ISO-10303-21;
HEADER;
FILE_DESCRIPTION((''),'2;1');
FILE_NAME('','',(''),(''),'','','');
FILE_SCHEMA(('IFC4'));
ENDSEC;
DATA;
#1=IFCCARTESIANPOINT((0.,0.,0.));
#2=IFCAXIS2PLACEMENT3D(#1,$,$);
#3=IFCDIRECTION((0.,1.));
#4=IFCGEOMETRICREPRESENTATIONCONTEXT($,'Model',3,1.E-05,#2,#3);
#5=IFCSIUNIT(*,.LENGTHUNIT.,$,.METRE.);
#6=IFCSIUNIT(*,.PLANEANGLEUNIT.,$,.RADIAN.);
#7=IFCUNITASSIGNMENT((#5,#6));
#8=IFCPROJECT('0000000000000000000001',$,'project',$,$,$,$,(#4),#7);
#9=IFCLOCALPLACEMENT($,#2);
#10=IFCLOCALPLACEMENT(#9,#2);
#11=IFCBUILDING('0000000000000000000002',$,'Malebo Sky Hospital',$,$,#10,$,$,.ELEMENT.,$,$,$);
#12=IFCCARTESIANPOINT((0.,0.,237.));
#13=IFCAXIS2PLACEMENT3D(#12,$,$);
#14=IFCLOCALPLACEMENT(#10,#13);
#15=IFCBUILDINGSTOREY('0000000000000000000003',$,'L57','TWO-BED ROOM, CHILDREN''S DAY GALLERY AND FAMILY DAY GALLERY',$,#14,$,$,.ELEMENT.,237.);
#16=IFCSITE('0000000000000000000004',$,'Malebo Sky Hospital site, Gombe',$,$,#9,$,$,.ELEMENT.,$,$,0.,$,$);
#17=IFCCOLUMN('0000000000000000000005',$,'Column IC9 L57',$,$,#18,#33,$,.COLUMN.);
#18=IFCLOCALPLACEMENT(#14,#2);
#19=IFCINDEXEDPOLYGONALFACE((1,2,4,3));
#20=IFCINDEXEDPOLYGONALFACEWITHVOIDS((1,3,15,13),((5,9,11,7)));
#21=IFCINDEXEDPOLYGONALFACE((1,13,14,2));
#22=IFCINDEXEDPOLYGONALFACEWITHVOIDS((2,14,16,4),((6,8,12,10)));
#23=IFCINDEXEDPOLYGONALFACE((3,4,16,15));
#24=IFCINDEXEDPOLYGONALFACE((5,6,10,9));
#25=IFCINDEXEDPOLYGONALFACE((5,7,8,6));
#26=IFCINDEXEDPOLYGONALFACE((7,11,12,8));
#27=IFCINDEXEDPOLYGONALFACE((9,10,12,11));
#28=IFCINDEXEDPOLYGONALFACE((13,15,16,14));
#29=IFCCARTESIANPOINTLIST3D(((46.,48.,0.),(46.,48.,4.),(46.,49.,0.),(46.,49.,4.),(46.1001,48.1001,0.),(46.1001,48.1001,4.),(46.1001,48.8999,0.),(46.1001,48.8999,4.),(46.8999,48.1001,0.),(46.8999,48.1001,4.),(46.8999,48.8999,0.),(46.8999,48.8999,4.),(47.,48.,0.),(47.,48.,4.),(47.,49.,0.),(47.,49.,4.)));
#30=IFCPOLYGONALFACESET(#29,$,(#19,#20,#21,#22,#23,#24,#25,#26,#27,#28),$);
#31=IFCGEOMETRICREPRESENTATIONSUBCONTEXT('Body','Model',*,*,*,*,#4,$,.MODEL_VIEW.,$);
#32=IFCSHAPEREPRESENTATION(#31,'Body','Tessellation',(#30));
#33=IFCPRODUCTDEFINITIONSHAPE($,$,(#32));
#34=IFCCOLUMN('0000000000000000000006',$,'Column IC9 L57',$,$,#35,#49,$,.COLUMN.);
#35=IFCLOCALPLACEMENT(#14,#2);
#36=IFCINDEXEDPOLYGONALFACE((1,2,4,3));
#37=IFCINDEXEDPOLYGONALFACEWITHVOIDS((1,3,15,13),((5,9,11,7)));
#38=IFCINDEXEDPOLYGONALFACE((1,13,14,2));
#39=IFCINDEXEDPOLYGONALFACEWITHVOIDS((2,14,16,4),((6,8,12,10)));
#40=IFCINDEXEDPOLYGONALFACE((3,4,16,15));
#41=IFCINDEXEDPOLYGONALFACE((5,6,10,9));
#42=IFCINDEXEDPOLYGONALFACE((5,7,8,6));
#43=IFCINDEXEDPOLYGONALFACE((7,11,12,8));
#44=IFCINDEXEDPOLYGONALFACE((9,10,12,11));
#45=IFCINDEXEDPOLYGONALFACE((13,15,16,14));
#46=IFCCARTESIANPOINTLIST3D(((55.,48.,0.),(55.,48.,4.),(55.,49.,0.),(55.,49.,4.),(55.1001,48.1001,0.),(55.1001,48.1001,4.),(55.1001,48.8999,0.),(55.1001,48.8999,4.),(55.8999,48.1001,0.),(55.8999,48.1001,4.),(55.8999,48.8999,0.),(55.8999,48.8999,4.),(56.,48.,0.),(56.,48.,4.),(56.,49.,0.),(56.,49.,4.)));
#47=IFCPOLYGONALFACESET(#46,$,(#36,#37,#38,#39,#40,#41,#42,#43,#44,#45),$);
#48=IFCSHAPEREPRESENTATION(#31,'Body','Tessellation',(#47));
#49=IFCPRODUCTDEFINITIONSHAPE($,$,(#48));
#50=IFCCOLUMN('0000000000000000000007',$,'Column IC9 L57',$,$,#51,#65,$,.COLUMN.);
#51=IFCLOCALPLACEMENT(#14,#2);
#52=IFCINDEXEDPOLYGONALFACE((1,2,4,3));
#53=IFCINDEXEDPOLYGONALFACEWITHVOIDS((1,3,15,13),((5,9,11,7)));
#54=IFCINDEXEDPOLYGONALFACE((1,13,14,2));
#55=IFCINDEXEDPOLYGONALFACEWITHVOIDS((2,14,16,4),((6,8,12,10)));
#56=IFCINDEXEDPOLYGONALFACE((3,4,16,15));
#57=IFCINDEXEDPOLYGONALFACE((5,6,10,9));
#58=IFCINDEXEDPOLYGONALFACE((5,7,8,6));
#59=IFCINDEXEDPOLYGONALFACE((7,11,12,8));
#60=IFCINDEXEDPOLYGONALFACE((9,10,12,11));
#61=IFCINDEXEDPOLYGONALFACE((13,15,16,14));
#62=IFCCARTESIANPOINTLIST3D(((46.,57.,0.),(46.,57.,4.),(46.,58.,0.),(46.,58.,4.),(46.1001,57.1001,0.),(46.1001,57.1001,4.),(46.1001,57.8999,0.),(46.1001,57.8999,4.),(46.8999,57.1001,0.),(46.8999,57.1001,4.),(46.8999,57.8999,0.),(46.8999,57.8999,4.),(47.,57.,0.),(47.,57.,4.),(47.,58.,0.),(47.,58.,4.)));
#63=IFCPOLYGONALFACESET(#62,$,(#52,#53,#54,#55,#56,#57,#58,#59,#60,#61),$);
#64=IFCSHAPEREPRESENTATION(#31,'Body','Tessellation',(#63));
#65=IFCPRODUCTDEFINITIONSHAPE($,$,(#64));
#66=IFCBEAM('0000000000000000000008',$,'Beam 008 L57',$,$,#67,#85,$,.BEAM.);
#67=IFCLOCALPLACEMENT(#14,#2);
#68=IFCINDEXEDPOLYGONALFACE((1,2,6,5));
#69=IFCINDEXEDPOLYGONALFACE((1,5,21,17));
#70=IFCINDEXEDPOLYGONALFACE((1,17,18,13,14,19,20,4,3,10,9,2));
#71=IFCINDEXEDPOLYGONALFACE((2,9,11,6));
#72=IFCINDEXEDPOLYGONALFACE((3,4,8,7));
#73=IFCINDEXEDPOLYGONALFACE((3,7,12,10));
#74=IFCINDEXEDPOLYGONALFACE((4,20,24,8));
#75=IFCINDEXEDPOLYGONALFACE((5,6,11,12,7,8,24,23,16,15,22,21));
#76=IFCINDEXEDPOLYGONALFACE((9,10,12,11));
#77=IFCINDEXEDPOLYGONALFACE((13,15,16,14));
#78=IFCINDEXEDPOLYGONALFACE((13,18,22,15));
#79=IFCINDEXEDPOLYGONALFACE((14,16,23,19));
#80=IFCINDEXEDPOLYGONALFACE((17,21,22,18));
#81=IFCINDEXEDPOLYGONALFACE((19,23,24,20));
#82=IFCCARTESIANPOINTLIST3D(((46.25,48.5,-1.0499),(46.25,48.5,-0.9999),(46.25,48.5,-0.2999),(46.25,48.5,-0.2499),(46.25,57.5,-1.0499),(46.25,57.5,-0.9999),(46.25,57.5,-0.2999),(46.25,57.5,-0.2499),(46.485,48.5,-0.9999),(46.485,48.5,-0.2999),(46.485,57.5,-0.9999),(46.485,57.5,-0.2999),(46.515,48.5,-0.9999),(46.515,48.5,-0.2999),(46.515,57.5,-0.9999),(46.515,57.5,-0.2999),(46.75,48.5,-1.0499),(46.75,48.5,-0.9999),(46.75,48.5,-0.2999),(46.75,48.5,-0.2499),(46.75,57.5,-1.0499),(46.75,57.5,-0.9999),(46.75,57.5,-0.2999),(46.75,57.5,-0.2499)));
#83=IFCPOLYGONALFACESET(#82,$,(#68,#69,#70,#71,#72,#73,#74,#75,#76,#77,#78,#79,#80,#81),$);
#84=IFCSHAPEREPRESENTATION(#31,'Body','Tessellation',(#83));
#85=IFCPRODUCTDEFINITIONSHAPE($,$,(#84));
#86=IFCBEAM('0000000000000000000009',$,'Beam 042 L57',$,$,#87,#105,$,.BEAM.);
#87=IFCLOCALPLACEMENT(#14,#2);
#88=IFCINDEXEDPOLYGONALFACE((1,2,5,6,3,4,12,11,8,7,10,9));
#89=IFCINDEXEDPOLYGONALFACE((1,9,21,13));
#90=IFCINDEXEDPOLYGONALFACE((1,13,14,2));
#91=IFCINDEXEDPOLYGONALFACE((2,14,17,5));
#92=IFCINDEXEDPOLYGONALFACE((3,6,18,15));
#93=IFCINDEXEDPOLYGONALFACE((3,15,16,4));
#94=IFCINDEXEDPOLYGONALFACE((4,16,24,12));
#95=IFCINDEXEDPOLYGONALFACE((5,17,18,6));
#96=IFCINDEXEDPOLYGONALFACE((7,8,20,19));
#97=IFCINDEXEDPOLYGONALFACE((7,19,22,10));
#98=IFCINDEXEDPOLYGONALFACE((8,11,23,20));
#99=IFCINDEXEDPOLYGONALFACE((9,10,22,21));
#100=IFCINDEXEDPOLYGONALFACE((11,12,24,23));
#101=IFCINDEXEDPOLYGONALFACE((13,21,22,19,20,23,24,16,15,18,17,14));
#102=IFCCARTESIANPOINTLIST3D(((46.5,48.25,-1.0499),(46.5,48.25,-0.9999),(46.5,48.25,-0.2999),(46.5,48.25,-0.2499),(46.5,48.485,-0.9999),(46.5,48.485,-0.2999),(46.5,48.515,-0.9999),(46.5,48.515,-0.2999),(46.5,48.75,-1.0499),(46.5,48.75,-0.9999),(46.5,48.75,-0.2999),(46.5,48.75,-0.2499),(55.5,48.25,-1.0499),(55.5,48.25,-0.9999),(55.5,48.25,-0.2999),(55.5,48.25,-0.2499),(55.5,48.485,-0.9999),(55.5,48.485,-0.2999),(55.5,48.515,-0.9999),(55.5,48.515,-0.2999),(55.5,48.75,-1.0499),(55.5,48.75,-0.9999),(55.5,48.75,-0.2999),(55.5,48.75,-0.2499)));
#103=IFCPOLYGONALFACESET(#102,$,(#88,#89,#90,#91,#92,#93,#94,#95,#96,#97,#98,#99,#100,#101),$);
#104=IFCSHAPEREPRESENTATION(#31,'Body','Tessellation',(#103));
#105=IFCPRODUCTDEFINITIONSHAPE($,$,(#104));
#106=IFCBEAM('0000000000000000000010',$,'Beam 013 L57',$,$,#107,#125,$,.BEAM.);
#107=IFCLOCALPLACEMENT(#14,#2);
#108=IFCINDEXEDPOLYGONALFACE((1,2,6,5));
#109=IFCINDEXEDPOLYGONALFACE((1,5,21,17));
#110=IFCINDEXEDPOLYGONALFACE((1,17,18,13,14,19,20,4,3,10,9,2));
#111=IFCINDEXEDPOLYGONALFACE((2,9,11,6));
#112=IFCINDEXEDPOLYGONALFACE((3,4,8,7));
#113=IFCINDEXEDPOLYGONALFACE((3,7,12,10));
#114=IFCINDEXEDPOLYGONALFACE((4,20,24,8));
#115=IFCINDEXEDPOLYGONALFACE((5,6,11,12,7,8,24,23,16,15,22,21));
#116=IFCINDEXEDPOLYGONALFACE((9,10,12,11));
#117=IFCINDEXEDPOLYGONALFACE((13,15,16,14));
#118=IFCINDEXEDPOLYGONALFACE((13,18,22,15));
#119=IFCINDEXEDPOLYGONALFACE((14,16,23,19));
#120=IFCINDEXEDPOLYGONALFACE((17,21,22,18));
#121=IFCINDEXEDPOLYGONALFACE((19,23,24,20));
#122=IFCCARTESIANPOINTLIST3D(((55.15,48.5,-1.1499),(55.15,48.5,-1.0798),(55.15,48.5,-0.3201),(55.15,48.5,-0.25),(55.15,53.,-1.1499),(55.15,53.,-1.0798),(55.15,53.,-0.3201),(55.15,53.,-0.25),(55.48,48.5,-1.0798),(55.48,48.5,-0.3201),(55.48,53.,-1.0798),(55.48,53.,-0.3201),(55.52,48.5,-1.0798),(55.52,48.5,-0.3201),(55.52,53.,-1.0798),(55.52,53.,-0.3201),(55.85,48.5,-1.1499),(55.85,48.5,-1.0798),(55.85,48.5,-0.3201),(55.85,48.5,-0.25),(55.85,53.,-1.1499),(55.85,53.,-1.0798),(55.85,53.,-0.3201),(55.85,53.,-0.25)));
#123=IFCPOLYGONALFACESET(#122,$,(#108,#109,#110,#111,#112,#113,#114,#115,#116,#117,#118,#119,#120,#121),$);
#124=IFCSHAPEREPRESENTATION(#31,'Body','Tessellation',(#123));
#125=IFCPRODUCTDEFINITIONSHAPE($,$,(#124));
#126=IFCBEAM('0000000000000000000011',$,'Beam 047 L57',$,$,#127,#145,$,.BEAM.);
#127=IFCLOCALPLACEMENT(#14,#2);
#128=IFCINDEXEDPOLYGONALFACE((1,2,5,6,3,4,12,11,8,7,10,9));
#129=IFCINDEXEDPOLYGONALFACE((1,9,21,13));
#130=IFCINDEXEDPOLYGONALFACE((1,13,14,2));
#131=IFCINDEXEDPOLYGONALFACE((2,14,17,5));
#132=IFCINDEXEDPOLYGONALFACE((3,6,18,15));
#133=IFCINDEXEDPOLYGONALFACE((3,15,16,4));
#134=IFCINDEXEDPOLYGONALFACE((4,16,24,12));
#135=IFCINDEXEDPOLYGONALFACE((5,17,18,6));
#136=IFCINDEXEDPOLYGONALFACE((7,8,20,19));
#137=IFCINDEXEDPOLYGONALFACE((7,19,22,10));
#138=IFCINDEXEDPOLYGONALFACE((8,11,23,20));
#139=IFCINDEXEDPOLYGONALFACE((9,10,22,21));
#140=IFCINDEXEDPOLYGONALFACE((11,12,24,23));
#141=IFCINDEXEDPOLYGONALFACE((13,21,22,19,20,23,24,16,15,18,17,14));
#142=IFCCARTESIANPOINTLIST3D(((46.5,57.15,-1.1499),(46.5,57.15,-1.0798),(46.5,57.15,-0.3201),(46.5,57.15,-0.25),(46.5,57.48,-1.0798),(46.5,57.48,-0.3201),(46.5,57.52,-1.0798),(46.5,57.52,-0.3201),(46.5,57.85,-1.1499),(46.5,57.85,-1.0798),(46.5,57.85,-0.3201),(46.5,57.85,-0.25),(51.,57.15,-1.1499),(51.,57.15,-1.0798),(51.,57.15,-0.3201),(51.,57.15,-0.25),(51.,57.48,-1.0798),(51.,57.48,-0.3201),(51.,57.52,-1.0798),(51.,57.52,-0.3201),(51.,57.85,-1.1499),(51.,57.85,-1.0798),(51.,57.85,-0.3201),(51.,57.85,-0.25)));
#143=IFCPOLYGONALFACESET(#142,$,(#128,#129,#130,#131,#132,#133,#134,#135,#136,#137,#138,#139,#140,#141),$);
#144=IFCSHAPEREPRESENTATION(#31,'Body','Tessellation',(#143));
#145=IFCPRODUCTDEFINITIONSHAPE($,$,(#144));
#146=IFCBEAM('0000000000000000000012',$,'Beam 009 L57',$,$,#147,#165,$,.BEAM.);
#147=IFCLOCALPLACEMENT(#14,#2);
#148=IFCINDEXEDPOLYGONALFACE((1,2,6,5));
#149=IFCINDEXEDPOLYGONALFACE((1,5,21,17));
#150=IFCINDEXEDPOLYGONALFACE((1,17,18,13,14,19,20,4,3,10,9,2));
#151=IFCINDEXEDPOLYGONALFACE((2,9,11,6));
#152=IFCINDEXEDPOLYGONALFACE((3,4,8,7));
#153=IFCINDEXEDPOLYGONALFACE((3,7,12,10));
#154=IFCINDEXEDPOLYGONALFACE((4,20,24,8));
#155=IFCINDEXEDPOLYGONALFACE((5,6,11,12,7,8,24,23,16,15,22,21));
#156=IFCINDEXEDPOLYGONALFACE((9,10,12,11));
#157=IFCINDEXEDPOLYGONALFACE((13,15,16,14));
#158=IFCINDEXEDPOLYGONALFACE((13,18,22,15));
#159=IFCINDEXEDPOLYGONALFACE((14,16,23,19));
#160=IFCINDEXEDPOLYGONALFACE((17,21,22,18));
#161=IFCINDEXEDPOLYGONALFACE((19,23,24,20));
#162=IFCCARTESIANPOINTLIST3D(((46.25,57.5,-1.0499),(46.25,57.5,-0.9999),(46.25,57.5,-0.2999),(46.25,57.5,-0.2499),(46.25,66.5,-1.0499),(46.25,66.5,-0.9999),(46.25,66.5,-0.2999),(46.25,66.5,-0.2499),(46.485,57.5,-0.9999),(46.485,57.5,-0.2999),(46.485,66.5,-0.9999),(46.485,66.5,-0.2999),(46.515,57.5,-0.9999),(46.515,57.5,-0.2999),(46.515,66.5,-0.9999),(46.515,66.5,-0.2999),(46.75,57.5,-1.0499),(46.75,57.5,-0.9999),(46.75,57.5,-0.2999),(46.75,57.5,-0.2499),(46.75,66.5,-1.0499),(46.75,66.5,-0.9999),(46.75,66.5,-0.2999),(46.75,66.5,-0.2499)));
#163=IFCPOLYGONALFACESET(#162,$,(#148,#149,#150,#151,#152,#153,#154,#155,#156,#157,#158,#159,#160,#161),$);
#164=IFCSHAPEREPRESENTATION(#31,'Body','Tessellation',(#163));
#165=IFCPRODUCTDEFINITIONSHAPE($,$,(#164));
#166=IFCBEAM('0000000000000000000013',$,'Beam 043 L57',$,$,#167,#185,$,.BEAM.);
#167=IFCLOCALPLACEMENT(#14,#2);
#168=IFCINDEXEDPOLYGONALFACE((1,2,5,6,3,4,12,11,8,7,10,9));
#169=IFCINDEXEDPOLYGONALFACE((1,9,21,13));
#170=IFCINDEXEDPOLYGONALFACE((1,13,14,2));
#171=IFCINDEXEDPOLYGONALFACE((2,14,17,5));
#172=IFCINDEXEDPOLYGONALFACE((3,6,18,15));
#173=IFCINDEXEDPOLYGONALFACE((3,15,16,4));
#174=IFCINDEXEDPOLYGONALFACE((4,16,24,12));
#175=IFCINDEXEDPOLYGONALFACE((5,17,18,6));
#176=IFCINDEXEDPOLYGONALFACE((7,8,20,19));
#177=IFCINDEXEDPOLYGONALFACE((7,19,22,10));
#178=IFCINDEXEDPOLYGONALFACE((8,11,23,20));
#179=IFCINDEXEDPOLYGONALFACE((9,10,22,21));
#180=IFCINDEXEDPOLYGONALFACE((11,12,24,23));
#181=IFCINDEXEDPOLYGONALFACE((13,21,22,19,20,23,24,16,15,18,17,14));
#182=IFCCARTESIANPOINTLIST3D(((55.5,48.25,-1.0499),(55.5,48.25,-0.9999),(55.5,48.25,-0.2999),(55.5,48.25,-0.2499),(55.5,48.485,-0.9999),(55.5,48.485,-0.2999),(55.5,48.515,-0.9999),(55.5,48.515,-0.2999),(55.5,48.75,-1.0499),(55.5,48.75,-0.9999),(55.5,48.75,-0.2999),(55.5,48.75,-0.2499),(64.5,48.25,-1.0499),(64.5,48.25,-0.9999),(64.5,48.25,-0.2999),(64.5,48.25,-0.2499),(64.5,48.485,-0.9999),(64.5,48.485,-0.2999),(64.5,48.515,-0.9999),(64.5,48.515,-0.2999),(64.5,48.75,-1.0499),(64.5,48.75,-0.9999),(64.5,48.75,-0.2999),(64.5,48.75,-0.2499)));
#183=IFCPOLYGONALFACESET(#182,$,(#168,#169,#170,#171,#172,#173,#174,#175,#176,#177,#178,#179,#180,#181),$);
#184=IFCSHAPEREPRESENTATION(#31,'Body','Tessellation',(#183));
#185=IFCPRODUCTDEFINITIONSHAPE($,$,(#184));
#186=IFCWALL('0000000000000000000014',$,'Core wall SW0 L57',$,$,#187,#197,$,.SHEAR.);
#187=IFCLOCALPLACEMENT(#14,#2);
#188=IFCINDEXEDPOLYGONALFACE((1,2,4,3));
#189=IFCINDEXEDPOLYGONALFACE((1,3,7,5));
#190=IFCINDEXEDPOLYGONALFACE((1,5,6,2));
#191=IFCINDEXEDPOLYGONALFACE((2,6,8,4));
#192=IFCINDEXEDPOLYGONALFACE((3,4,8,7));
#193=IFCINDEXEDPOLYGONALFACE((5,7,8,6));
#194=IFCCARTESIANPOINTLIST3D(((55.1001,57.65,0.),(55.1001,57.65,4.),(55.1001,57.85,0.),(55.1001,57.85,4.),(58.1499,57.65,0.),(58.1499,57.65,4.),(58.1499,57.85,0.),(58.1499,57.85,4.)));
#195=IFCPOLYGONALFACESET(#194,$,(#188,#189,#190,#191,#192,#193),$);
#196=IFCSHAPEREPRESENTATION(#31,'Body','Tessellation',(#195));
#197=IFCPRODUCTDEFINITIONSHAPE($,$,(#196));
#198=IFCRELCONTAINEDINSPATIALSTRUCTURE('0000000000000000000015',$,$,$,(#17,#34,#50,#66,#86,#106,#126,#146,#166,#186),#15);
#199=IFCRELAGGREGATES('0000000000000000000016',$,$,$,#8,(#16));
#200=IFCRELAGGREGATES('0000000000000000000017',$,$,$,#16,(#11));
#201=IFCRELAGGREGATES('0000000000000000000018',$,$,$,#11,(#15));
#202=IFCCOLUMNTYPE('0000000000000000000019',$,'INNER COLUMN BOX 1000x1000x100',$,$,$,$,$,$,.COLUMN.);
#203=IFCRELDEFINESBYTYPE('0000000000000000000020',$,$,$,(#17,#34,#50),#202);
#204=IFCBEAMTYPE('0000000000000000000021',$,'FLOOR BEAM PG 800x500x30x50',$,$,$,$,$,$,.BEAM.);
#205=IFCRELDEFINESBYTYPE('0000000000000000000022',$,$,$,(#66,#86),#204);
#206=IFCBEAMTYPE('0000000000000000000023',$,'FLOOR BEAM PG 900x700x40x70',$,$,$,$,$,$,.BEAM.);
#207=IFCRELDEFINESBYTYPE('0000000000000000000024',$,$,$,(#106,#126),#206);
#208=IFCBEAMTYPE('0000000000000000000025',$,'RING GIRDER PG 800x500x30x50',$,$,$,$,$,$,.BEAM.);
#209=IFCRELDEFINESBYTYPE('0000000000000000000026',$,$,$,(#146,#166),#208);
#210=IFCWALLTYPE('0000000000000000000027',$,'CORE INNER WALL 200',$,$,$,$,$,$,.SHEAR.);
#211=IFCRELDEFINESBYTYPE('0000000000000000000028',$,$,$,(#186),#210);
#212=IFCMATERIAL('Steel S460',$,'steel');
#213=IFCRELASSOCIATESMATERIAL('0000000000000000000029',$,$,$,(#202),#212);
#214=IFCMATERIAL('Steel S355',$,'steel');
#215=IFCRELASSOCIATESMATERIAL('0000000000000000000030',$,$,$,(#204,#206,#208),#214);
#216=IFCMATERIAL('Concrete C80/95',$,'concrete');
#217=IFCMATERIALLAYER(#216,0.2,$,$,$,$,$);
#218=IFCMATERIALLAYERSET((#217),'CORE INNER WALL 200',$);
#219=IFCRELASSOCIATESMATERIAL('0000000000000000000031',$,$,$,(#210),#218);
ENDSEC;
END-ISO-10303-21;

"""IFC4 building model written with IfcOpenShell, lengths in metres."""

from ifc_helpers import new_model, si_unit, direction, frame, frame_2d, origin, origin_2d, place, context, subcontext, project, spatial, rectangle, hollow_rectangle, i_section, extrude, material, layer, layer_set, material_profile, profile_set, type_object, element, save


model = new_model("IFC4")

# Units and contexts
model_context = context("Model", 3, precision=1e-05, world=origin(), true_north=direction((0.0, 1.0)))
body_context = subcontext(model_context, "Body", "Model", "MODEL_VIEW")
ifc_project = project(units=[si_unit("LENGTHUNIT", "METRE"), si_unit("PLANEANGLEUNIT", "RADIAN")], contexts=[model_context])

# Site, building, storey
site_placement = place(None, origin())
site = spatial("IfcSite", under=ifc_project, at=site_placement, Name="Malebo Sky Hospital site, Gombe", CompositionType="ELEMENT", RefElevation=0.0)
building_placement = place(site_placement, origin())
building = spatial("IfcBuilding", under=site, at=building_placement, Name="Malebo Sky Hospital", CompositionType="ELEMENT")
storey_placement = place(building_placement, frame((0.0, 0.0, 237.0)))
storey = spatial("IfcBuildingStorey", under=building, at=storey_placement, Name="L57", Description="TWO-BED ROOM, CHILDREN'S DAY GALLERY AND FAMILY DAY GALLERY", CompositionType="ELEMENT", Elevation=237.0)

# Columns
ifc_material_1 = material(Name="Steel S460", Category="steel")
ifc_material_profile_1 = material_profile(ifc_material_1, hollow_rectangle(XDim=1.0, YDim=1.0, WallThickness=0.1001, at=origin_2d()), Name="BOX 1000x1000x100")
ifc_profile_set_1 = profile_set([ifc_material_profile_1], Name="Steel S460")
column_type = type_object("IfcColumnType", Name="INNER COLUMN BOX 1000x1000x100", PredefinedType="COLUMN", material=ifc_profile_set_1)
for number, where, z_axis, x_axis, name in (
    (1, (46.5, 48.5, 0.0), (0.0, 0.0, 1.0), (1.0, 0.0, 0.0), "Column IC9 L57"),
    (2, (55.5, 48.5, 0.0), (0.0, 0.0, 1.0), (1.0, 0.0, 0.0), "Column IC9 L57"),
    (3, (46.5, 57.5, 0.0), (0.0, 0.0, 1.0), (1.0, 0.0, 0.0), "Column IC9 L57"),
):
    element("IfcColumn", number, at=place(storey_placement, frame(where, z_axis=z_axis, x_axis=x_axis)), inside=storey, type_object=column_type, Name=name, PredefinedType="COLUMN", context=body_context, shape_type="SweptSolid", body=[
        extrude(hollow_rectangle(XDim=1.0, YDim=1.0, WallThickness=0.1001, at=origin_2d()), origin(), (0.0, 0.0, 1.0), 4.0),
    ])

# Beams
ifc_material_2 = material(Name="Steel S355", Category="steel")
ifc_material_profile_2 = material_profile(ifc_material_2, i_section(OverallWidth=0.5, OverallDepth=0.8, WebThickness=0.03, FlangeThickness=0.05, at=origin_2d()), Name="PG 800x500x30x50")
ifc_profile_set_2 = profile_set([ifc_material_profile_2], Name="Steel S355")
beam_type_1 = type_object("IfcBeamType", Name="FLOOR BEAM PG 800x500x30x50", PredefinedType="BEAM", material=ifc_profile_set_2)
for number, where, z_axis, x_axis, name in (
    (4, (46.5, 48.5, -0.6499), (0.0, 1.0, 0.0), (-1.0, 0.0, 0.0), "Beam 008 L57"),
    (5, (46.5, 48.5, -0.6499), (1.0, 0.0, 0.0), (0.0, 1.0, 0.0), "Beam 042 L57"),
):
    element("IfcBeam", number, at=place(storey_placement, frame(where, z_axis=z_axis, x_axis=x_axis)), inside=storey, type_object=beam_type_1, Name=name, PredefinedType="BEAM", context=body_context, shape_type="SweptSolid", body=[
        extrude(i_section(OverallWidth=0.5, OverallDepth=0.8, WebThickness=0.03, FlangeThickness=0.05, at=origin_2d()), origin(), (0.0, 0.0, 1.0), 9.0),
    ])
ifc_material_profile_3 = material_profile(ifc_material_2, i_section(OverallWidth=0.7, OverallDepth=0.8999, WebThickness=0.04, FlangeThickness=0.0701, at=origin_2d()), Name="PG 900x700x40x70")
ifc_profile_set_3 = profile_set([ifc_material_profile_3], Name="Steel S355")
beam_type_2 = type_object("IfcBeamType", Name="FLOOR BEAM PG 900x700x40x70", PredefinedType="BEAM", material=ifc_profile_set_3)
for number, where, z_axis, x_axis, name in (
    (6, (55.5, 48.5, -0.7), (0.0, 1.0, 0.0), (-1.0, 0.0, 0.0), "Beam 013 L57"),
    (7, (46.5, 57.5, -0.7), (1.0, 0.0, 0.0), (0.0, 1.0, 0.0), "Beam 047 L57"),
):
    element("IfcBeam", number, at=place(storey_placement, frame(where, z_axis=z_axis, x_axis=x_axis)), inside=storey, type_object=beam_type_2, Name=name, PredefinedType="BEAM", context=body_context, shape_type="SweptSolid", body=[
        extrude(i_section(OverallWidth=0.7, OverallDepth=0.8999, WebThickness=0.04, FlangeThickness=0.0701, at=origin_2d()), origin(), (0.0, 0.0, 1.0), 4.5),
    ])
ifc_material_profile_4 = material_profile(ifc_material_2, i_section(OverallWidth=0.5, OverallDepth=0.8, WebThickness=0.03, FlangeThickness=0.05, at=origin_2d()), Name="PG 800x500x30x50")
ifc_profile_set_4 = profile_set([ifc_material_profile_4], Name="Steel S355")
beam_type_3 = type_object("IfcBeamType", Name="RING GIRDER PG 800x500x30x50", PredefinedType="BEAM", material=ifc_profile_set_4)
for number, where, z_axis, x_axis, name in (
    (8, (46.5, 57.5, -0.6499), (0.0, 1.0, 0.0), (-1.0, 0.0, 0.0), "Beam 009 L57"),
    (9, (55.5, 48.5, -0.6499), (1.0, 0.0, 0.0), (0.0, 1.0, 0.0), "Beam 043 L57"),
):
    element("IfcBeam", number, at=place(storey_placement, frame(where, z_axis=z_axis, x_axis=x_axis)), inside=storey, type_object=beam_type_3, Name=name, PredefinedType="BEAM", context=body_context, shape_type="SweptSolid", body=[
        extrude(i_section(OverallWidth=0.5, OverallDepth=0.8, WebThickness=0.03, FlangeThickness=0.05, at=origin_2d()), origin(), (0.0, 0.0, 1.0), 9.0),
    ])

# Wall
ifc_material_3 = material(Name="Concrete C80/95", Category="concrete")
ifc_layer_1 = layer(ifc_material_3, 0.2)
ifc_layer_set_1 = layer_set([ifc_layer_1], Name="CORE INNER WALL 200")
wall_type_1 = type_object("IfcWallType", Name="CORE INNER WALL 200", PredefinedType="SHEAR", material=ifc_layer_set_1)
wall_1_placement = place(storey_placement, frame((55.1001, 57.75, 0.0), z_axis=(0.0, 0.0, 1.0), x_axis=(1.0, 0.0, 0.0)))
element("IfcWall", 10, at=wall_1_placement, inside=storey, type_object=wall_type_1, Name="Core wall SW0 L57", PredefinedType="SHEAR", context=body_context, shape_type="SweptSolid", body=[
    extrude(rectangle(XDim=3.0498, YDim=0.2, at=frame_2d((1.5249, 0.0))), origin(), (0.0, 0.0, 1.0), 4.0),
])

save(model, "model.ifc")
